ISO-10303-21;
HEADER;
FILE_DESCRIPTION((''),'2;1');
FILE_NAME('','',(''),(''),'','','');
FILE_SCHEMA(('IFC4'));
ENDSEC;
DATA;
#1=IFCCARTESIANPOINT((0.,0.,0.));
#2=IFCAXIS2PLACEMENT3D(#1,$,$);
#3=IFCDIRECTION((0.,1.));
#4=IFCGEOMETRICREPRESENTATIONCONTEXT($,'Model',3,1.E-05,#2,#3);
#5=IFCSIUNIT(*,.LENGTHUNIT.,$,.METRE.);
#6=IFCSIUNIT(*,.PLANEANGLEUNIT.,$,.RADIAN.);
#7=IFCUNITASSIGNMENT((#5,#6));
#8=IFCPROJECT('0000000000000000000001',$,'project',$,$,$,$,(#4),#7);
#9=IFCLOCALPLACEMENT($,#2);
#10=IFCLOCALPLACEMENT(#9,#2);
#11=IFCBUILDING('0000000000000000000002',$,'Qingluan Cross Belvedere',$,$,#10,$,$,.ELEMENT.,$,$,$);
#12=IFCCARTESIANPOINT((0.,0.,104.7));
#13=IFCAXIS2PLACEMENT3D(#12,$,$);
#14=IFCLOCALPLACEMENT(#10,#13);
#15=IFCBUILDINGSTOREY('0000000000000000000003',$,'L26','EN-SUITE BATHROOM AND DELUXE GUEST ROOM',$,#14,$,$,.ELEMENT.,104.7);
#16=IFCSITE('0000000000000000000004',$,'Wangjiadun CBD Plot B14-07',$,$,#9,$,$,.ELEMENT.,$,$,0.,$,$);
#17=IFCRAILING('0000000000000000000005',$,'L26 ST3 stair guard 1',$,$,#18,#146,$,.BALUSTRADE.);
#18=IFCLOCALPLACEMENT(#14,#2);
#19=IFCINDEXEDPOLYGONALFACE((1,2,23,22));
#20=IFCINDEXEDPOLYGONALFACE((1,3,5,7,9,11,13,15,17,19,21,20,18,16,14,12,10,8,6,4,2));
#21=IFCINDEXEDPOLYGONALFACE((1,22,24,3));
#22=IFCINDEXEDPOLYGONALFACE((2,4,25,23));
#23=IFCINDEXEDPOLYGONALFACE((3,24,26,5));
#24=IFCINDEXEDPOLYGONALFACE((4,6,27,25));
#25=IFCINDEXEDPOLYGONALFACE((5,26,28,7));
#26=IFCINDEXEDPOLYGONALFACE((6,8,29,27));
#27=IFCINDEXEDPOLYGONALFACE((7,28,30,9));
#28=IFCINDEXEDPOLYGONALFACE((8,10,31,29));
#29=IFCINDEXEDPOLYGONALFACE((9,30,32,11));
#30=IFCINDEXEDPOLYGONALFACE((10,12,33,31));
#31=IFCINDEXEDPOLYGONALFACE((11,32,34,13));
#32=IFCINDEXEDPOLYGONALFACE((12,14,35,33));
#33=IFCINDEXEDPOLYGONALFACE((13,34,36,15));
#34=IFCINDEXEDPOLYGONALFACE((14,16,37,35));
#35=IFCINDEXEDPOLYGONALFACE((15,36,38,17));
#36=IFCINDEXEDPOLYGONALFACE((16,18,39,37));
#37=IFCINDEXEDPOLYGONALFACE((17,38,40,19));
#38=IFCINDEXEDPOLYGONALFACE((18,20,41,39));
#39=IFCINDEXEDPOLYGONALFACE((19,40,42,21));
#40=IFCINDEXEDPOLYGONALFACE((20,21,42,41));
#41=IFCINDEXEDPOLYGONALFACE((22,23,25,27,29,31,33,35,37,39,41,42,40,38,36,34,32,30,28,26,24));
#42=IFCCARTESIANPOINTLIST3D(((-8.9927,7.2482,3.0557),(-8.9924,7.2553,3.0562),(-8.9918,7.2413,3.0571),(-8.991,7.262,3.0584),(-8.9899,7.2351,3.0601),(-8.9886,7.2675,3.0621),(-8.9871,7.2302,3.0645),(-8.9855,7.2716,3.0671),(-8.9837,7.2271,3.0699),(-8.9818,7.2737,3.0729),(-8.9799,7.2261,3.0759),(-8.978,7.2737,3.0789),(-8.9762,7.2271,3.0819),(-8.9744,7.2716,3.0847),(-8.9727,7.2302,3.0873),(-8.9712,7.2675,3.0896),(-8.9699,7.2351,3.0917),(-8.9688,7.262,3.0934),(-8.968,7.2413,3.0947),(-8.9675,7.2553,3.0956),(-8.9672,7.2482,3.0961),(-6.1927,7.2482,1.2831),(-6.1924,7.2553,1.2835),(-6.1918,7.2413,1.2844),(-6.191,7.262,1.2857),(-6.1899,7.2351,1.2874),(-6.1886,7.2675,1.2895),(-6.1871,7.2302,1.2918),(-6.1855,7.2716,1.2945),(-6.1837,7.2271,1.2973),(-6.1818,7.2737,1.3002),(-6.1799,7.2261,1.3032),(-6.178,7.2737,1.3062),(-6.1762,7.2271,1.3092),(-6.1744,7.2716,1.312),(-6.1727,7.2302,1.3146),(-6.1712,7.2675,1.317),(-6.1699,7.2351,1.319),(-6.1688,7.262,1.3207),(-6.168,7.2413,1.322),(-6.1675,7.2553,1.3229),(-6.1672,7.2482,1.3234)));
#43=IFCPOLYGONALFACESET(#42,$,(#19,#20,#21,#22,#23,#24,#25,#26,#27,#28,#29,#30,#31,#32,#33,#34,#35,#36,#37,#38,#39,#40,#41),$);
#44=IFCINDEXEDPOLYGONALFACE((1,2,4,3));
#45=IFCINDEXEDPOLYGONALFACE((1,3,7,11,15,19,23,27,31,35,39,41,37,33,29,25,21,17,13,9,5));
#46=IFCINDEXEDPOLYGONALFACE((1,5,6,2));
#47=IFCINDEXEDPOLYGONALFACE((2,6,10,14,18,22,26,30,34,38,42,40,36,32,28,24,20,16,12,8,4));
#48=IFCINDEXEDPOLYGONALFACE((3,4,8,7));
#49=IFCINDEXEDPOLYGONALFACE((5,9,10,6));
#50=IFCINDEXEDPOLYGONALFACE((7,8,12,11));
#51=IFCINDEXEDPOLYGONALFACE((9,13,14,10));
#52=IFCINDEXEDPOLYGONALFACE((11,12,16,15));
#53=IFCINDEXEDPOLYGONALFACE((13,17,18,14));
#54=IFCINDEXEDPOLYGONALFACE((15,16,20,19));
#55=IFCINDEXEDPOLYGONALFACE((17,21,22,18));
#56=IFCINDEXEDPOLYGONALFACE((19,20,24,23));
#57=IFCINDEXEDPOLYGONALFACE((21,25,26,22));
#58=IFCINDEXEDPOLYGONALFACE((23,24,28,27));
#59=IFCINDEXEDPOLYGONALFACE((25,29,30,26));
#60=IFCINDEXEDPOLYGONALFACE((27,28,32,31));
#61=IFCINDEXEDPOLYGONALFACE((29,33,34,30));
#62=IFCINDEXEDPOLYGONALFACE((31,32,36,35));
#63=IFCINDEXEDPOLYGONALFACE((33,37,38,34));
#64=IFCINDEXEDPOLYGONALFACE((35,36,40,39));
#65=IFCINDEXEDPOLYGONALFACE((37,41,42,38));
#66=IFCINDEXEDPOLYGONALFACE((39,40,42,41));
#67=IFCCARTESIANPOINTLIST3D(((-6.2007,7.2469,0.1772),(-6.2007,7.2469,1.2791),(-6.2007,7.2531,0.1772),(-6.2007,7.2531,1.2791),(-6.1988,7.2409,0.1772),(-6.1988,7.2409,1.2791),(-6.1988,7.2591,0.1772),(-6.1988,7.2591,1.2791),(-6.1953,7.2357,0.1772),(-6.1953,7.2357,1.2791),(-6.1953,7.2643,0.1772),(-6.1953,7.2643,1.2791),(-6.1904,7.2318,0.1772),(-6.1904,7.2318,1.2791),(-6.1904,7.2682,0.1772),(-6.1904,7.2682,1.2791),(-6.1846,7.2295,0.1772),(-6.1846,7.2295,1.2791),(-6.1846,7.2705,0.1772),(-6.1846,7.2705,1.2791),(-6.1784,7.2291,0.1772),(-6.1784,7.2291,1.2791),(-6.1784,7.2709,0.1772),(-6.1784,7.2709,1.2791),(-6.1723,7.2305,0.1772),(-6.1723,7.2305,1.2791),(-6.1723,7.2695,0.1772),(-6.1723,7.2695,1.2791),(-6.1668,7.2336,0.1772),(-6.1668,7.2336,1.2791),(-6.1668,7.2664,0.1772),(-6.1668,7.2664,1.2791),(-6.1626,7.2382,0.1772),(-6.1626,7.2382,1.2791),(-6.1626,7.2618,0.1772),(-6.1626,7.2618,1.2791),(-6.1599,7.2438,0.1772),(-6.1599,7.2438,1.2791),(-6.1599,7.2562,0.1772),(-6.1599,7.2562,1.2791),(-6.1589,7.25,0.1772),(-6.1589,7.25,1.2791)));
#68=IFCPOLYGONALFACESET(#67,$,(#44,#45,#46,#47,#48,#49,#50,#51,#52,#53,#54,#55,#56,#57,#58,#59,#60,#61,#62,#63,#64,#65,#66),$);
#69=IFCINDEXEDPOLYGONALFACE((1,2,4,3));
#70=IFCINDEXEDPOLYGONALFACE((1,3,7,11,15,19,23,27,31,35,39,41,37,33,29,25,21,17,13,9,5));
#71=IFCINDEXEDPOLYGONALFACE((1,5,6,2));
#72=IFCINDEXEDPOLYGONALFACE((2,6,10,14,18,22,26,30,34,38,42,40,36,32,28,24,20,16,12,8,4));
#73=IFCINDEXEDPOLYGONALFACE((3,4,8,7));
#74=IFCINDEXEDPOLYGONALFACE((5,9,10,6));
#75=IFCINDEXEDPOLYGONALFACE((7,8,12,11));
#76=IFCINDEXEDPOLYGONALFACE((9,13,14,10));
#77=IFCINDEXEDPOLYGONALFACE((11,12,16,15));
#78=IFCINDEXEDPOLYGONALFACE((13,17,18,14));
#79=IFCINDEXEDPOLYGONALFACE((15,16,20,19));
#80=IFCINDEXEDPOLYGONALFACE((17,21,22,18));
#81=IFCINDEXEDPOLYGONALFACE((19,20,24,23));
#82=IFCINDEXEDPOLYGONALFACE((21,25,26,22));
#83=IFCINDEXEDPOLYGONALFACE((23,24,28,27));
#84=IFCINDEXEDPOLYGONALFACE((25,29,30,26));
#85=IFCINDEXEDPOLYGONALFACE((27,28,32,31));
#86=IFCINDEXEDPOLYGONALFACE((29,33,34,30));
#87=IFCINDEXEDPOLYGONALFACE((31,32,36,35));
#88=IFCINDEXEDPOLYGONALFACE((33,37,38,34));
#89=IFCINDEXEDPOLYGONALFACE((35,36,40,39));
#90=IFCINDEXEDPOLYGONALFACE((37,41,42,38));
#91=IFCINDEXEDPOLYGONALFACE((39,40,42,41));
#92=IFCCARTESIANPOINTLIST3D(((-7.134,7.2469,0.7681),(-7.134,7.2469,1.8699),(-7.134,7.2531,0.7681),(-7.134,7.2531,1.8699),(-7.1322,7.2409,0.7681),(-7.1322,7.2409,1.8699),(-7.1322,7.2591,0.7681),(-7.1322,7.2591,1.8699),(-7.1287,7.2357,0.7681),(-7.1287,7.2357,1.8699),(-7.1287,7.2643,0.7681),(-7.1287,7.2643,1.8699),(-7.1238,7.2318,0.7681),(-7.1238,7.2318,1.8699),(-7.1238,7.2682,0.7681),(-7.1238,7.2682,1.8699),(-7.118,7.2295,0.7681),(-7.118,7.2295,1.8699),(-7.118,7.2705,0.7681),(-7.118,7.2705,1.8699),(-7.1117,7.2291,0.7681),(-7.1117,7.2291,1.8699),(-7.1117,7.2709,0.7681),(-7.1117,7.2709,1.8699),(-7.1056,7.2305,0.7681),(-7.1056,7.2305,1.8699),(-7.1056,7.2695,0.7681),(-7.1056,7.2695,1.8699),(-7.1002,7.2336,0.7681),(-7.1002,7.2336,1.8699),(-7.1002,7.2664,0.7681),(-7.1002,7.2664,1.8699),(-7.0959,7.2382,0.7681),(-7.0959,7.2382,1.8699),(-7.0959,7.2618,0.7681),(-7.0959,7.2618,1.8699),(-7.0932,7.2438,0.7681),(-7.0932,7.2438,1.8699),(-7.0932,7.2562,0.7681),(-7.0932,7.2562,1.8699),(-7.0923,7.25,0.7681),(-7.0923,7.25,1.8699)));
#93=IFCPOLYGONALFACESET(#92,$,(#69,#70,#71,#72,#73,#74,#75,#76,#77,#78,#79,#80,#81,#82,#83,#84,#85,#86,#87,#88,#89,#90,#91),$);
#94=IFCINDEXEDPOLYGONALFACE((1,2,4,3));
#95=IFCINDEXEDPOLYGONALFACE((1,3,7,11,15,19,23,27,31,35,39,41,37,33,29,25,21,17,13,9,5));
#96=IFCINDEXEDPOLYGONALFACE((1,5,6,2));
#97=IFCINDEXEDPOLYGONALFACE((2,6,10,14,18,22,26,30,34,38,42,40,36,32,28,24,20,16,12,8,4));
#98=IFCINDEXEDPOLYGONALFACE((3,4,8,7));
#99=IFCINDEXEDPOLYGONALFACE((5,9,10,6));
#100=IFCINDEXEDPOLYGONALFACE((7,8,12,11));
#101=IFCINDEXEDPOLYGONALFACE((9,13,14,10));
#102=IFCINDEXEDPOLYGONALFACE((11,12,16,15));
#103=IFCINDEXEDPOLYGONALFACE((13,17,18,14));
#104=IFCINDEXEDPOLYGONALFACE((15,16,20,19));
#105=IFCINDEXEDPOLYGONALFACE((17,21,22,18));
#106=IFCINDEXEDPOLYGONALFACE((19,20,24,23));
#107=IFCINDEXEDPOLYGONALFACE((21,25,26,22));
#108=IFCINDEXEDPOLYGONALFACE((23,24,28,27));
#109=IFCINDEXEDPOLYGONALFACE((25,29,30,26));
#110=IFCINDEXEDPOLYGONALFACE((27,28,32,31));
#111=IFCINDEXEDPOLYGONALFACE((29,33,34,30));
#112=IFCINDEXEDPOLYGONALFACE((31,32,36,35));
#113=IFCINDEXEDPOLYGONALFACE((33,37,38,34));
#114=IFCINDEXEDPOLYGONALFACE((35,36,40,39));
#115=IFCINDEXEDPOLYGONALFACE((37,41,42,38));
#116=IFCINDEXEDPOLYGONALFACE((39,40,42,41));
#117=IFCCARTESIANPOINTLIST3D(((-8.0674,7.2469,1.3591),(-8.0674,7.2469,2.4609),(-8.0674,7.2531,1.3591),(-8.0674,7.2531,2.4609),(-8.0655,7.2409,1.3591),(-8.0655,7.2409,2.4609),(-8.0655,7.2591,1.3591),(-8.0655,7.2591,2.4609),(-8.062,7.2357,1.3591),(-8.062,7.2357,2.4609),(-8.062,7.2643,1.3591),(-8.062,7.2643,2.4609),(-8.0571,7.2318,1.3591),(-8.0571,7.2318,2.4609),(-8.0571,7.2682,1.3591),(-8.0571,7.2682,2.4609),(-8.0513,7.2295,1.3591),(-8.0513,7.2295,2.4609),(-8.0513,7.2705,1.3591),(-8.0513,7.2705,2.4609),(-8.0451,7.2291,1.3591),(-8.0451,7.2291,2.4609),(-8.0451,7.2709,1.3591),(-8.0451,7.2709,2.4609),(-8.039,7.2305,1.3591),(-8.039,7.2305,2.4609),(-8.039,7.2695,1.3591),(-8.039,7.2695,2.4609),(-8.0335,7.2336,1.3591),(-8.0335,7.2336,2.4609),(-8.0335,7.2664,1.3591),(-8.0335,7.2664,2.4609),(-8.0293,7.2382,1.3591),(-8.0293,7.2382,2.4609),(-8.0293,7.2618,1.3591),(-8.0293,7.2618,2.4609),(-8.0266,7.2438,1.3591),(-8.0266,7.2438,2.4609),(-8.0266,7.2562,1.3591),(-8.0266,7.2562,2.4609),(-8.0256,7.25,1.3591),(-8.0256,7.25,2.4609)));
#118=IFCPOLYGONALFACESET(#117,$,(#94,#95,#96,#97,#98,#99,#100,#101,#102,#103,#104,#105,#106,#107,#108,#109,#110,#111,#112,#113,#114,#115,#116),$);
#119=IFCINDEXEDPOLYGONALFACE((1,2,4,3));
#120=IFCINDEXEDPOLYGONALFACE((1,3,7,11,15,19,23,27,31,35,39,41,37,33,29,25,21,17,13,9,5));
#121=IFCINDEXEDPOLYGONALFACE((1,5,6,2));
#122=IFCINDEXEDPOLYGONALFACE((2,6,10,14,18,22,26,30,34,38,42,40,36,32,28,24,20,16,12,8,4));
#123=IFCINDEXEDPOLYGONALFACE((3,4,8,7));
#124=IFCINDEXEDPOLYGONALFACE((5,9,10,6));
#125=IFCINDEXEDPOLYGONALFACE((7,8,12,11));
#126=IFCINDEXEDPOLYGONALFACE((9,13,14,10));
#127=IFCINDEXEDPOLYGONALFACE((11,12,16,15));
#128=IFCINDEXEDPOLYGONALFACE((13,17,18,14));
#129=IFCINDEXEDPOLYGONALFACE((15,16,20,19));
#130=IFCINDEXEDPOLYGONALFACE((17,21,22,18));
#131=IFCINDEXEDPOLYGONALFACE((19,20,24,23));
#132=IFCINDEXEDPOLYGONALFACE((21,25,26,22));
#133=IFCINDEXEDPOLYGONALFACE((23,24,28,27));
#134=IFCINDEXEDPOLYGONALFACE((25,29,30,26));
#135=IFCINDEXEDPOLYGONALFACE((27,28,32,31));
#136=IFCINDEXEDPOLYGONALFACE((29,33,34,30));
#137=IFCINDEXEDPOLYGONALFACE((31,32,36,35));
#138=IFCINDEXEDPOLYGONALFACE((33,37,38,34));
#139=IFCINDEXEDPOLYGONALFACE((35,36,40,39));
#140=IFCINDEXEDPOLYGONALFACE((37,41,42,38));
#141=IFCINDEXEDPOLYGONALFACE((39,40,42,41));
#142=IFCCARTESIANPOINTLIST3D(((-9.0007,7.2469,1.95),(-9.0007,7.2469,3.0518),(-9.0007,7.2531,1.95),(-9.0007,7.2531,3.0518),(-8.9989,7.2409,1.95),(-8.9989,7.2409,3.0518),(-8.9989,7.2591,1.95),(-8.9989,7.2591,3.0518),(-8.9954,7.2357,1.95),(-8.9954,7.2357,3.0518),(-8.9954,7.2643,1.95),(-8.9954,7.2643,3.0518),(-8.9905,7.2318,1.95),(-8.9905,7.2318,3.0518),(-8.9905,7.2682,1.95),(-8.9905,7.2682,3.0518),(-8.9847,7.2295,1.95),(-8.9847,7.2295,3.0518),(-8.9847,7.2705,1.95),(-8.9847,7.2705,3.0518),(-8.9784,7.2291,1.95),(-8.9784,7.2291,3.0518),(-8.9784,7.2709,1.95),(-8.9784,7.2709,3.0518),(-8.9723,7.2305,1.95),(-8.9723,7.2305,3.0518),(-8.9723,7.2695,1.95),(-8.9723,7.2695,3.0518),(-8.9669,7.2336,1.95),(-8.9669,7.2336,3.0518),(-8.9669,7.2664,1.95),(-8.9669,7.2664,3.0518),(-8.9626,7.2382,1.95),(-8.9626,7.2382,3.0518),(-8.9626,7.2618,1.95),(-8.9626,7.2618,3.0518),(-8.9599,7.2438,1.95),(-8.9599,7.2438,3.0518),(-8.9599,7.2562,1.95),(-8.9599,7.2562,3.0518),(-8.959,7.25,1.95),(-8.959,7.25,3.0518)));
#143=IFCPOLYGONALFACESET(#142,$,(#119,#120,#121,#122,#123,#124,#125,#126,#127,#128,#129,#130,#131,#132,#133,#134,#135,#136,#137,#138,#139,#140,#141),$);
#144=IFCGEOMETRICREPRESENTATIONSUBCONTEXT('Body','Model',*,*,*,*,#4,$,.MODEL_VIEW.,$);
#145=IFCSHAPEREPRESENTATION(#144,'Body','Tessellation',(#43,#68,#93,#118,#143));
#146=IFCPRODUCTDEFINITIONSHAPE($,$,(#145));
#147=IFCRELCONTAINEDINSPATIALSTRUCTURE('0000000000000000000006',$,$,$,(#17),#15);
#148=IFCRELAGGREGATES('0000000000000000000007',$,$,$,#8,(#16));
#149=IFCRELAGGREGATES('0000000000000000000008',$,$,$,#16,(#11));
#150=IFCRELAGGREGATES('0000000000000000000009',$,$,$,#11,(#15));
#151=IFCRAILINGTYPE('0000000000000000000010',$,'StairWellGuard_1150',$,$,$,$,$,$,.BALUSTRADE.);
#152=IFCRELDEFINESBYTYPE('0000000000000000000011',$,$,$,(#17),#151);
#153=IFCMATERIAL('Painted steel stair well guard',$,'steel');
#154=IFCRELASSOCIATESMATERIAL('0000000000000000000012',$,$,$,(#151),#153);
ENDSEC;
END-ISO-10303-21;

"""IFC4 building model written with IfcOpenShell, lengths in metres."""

from ifc_helpers import new_model, si_unit, direction, frame, origin, origin_2d, place, context, subcontext, project, spatial, circle, extrude, material, type_object, element, save


model = new_model("IFC4")

# Units and contexts
model_context = context("Model", 3, precision=1e-05, world=origin(), true_north=direction((0.0, 1.0)))
body_context = subcontext(model_context, "Body", "Model", "MODEL_VIEW")
ifc_project = project(units=[si_unit("LENGTHUNIT", "METRE"), si_unit("PLANEANGLEUNIT", "RADIAN")], contexts=[model_context])

# Site, building, storey
site_placement = place(None, origin())
site = spatial("IfcSite", under=ifc_project, at=site_placement, Name="Wangjiadun CBD Plot B14-07", CompositionType="ELEMENT", RefElevation=0.0)
building_placement = place(site_placement, origin())
building = spatial("IfcBuilding", under=site, at=building_placement, Name="Qingluan Cross Belvedere", CompositionType="ELEMENT")
storey_placement = place(building_placement, frame((0.0, 0.0, 104.7)))
storey = spatial("IfcBuildingStorey", under=building, at=storey_placement, Name="L26", Description="EN-SUITE BATHROOM AND DELUXE GUEST ROOM", CompositionType="ELEMENT", Elevation=104.7)

# Railing
ifc_material_1 = material(Name="Painted steel stair well guard", Category="steel")
railing_type_1 = type_object("IfcRailingType", Name="StairWellGuard_1150", PredefinedType="BALUSTRADE", material=ifc_material_1)
railing_1_placement = place(storey_placement, frame((-6.1799, 7.25, 0.1772)))
element("IfcRailing", 1, at=railing_1_placement, inside=storey, type_object=railing_type_1, Name="L26 ST3 stair guard 1", PredefinedType="BALUSTRADE", context=body_context, shape_type="SweptSolid", body=[
    extrude(circle(Radius=0.0239, at=origin_2d()), frame((0.0, 0.0, 1.126), z_axis=(-0.844909, 0.0, 0.53491), x_axis=(0.0, -1.0, 0.0)), (0.0, 0.0, 1.0), 3.314),
    extrude(circle(Radius=0.021, at=origin_2d()), origin(), (0.0, 0.0, 1.0), 1.1018),
    extrude(circle(Radius=0.021, at=origin_2d()), frame((-0.9333, 0.0, 0.5908)), (0.0, 0.0, 1.0), 1.1018),
    extrude(circle(Radius=0.021, at=origin_2d()), frame((-1.8667, 0.0, 1.1819)), (0.0, 0.0, 1.0), 1.1018),
    extrude(circle(Radius=0.021, at=origin_2d()), frame((-2.8, 0.0, 1.7727)), (0.0, 0.0, 1.0), 1.1018),
])

save(model, "model.ifc")
